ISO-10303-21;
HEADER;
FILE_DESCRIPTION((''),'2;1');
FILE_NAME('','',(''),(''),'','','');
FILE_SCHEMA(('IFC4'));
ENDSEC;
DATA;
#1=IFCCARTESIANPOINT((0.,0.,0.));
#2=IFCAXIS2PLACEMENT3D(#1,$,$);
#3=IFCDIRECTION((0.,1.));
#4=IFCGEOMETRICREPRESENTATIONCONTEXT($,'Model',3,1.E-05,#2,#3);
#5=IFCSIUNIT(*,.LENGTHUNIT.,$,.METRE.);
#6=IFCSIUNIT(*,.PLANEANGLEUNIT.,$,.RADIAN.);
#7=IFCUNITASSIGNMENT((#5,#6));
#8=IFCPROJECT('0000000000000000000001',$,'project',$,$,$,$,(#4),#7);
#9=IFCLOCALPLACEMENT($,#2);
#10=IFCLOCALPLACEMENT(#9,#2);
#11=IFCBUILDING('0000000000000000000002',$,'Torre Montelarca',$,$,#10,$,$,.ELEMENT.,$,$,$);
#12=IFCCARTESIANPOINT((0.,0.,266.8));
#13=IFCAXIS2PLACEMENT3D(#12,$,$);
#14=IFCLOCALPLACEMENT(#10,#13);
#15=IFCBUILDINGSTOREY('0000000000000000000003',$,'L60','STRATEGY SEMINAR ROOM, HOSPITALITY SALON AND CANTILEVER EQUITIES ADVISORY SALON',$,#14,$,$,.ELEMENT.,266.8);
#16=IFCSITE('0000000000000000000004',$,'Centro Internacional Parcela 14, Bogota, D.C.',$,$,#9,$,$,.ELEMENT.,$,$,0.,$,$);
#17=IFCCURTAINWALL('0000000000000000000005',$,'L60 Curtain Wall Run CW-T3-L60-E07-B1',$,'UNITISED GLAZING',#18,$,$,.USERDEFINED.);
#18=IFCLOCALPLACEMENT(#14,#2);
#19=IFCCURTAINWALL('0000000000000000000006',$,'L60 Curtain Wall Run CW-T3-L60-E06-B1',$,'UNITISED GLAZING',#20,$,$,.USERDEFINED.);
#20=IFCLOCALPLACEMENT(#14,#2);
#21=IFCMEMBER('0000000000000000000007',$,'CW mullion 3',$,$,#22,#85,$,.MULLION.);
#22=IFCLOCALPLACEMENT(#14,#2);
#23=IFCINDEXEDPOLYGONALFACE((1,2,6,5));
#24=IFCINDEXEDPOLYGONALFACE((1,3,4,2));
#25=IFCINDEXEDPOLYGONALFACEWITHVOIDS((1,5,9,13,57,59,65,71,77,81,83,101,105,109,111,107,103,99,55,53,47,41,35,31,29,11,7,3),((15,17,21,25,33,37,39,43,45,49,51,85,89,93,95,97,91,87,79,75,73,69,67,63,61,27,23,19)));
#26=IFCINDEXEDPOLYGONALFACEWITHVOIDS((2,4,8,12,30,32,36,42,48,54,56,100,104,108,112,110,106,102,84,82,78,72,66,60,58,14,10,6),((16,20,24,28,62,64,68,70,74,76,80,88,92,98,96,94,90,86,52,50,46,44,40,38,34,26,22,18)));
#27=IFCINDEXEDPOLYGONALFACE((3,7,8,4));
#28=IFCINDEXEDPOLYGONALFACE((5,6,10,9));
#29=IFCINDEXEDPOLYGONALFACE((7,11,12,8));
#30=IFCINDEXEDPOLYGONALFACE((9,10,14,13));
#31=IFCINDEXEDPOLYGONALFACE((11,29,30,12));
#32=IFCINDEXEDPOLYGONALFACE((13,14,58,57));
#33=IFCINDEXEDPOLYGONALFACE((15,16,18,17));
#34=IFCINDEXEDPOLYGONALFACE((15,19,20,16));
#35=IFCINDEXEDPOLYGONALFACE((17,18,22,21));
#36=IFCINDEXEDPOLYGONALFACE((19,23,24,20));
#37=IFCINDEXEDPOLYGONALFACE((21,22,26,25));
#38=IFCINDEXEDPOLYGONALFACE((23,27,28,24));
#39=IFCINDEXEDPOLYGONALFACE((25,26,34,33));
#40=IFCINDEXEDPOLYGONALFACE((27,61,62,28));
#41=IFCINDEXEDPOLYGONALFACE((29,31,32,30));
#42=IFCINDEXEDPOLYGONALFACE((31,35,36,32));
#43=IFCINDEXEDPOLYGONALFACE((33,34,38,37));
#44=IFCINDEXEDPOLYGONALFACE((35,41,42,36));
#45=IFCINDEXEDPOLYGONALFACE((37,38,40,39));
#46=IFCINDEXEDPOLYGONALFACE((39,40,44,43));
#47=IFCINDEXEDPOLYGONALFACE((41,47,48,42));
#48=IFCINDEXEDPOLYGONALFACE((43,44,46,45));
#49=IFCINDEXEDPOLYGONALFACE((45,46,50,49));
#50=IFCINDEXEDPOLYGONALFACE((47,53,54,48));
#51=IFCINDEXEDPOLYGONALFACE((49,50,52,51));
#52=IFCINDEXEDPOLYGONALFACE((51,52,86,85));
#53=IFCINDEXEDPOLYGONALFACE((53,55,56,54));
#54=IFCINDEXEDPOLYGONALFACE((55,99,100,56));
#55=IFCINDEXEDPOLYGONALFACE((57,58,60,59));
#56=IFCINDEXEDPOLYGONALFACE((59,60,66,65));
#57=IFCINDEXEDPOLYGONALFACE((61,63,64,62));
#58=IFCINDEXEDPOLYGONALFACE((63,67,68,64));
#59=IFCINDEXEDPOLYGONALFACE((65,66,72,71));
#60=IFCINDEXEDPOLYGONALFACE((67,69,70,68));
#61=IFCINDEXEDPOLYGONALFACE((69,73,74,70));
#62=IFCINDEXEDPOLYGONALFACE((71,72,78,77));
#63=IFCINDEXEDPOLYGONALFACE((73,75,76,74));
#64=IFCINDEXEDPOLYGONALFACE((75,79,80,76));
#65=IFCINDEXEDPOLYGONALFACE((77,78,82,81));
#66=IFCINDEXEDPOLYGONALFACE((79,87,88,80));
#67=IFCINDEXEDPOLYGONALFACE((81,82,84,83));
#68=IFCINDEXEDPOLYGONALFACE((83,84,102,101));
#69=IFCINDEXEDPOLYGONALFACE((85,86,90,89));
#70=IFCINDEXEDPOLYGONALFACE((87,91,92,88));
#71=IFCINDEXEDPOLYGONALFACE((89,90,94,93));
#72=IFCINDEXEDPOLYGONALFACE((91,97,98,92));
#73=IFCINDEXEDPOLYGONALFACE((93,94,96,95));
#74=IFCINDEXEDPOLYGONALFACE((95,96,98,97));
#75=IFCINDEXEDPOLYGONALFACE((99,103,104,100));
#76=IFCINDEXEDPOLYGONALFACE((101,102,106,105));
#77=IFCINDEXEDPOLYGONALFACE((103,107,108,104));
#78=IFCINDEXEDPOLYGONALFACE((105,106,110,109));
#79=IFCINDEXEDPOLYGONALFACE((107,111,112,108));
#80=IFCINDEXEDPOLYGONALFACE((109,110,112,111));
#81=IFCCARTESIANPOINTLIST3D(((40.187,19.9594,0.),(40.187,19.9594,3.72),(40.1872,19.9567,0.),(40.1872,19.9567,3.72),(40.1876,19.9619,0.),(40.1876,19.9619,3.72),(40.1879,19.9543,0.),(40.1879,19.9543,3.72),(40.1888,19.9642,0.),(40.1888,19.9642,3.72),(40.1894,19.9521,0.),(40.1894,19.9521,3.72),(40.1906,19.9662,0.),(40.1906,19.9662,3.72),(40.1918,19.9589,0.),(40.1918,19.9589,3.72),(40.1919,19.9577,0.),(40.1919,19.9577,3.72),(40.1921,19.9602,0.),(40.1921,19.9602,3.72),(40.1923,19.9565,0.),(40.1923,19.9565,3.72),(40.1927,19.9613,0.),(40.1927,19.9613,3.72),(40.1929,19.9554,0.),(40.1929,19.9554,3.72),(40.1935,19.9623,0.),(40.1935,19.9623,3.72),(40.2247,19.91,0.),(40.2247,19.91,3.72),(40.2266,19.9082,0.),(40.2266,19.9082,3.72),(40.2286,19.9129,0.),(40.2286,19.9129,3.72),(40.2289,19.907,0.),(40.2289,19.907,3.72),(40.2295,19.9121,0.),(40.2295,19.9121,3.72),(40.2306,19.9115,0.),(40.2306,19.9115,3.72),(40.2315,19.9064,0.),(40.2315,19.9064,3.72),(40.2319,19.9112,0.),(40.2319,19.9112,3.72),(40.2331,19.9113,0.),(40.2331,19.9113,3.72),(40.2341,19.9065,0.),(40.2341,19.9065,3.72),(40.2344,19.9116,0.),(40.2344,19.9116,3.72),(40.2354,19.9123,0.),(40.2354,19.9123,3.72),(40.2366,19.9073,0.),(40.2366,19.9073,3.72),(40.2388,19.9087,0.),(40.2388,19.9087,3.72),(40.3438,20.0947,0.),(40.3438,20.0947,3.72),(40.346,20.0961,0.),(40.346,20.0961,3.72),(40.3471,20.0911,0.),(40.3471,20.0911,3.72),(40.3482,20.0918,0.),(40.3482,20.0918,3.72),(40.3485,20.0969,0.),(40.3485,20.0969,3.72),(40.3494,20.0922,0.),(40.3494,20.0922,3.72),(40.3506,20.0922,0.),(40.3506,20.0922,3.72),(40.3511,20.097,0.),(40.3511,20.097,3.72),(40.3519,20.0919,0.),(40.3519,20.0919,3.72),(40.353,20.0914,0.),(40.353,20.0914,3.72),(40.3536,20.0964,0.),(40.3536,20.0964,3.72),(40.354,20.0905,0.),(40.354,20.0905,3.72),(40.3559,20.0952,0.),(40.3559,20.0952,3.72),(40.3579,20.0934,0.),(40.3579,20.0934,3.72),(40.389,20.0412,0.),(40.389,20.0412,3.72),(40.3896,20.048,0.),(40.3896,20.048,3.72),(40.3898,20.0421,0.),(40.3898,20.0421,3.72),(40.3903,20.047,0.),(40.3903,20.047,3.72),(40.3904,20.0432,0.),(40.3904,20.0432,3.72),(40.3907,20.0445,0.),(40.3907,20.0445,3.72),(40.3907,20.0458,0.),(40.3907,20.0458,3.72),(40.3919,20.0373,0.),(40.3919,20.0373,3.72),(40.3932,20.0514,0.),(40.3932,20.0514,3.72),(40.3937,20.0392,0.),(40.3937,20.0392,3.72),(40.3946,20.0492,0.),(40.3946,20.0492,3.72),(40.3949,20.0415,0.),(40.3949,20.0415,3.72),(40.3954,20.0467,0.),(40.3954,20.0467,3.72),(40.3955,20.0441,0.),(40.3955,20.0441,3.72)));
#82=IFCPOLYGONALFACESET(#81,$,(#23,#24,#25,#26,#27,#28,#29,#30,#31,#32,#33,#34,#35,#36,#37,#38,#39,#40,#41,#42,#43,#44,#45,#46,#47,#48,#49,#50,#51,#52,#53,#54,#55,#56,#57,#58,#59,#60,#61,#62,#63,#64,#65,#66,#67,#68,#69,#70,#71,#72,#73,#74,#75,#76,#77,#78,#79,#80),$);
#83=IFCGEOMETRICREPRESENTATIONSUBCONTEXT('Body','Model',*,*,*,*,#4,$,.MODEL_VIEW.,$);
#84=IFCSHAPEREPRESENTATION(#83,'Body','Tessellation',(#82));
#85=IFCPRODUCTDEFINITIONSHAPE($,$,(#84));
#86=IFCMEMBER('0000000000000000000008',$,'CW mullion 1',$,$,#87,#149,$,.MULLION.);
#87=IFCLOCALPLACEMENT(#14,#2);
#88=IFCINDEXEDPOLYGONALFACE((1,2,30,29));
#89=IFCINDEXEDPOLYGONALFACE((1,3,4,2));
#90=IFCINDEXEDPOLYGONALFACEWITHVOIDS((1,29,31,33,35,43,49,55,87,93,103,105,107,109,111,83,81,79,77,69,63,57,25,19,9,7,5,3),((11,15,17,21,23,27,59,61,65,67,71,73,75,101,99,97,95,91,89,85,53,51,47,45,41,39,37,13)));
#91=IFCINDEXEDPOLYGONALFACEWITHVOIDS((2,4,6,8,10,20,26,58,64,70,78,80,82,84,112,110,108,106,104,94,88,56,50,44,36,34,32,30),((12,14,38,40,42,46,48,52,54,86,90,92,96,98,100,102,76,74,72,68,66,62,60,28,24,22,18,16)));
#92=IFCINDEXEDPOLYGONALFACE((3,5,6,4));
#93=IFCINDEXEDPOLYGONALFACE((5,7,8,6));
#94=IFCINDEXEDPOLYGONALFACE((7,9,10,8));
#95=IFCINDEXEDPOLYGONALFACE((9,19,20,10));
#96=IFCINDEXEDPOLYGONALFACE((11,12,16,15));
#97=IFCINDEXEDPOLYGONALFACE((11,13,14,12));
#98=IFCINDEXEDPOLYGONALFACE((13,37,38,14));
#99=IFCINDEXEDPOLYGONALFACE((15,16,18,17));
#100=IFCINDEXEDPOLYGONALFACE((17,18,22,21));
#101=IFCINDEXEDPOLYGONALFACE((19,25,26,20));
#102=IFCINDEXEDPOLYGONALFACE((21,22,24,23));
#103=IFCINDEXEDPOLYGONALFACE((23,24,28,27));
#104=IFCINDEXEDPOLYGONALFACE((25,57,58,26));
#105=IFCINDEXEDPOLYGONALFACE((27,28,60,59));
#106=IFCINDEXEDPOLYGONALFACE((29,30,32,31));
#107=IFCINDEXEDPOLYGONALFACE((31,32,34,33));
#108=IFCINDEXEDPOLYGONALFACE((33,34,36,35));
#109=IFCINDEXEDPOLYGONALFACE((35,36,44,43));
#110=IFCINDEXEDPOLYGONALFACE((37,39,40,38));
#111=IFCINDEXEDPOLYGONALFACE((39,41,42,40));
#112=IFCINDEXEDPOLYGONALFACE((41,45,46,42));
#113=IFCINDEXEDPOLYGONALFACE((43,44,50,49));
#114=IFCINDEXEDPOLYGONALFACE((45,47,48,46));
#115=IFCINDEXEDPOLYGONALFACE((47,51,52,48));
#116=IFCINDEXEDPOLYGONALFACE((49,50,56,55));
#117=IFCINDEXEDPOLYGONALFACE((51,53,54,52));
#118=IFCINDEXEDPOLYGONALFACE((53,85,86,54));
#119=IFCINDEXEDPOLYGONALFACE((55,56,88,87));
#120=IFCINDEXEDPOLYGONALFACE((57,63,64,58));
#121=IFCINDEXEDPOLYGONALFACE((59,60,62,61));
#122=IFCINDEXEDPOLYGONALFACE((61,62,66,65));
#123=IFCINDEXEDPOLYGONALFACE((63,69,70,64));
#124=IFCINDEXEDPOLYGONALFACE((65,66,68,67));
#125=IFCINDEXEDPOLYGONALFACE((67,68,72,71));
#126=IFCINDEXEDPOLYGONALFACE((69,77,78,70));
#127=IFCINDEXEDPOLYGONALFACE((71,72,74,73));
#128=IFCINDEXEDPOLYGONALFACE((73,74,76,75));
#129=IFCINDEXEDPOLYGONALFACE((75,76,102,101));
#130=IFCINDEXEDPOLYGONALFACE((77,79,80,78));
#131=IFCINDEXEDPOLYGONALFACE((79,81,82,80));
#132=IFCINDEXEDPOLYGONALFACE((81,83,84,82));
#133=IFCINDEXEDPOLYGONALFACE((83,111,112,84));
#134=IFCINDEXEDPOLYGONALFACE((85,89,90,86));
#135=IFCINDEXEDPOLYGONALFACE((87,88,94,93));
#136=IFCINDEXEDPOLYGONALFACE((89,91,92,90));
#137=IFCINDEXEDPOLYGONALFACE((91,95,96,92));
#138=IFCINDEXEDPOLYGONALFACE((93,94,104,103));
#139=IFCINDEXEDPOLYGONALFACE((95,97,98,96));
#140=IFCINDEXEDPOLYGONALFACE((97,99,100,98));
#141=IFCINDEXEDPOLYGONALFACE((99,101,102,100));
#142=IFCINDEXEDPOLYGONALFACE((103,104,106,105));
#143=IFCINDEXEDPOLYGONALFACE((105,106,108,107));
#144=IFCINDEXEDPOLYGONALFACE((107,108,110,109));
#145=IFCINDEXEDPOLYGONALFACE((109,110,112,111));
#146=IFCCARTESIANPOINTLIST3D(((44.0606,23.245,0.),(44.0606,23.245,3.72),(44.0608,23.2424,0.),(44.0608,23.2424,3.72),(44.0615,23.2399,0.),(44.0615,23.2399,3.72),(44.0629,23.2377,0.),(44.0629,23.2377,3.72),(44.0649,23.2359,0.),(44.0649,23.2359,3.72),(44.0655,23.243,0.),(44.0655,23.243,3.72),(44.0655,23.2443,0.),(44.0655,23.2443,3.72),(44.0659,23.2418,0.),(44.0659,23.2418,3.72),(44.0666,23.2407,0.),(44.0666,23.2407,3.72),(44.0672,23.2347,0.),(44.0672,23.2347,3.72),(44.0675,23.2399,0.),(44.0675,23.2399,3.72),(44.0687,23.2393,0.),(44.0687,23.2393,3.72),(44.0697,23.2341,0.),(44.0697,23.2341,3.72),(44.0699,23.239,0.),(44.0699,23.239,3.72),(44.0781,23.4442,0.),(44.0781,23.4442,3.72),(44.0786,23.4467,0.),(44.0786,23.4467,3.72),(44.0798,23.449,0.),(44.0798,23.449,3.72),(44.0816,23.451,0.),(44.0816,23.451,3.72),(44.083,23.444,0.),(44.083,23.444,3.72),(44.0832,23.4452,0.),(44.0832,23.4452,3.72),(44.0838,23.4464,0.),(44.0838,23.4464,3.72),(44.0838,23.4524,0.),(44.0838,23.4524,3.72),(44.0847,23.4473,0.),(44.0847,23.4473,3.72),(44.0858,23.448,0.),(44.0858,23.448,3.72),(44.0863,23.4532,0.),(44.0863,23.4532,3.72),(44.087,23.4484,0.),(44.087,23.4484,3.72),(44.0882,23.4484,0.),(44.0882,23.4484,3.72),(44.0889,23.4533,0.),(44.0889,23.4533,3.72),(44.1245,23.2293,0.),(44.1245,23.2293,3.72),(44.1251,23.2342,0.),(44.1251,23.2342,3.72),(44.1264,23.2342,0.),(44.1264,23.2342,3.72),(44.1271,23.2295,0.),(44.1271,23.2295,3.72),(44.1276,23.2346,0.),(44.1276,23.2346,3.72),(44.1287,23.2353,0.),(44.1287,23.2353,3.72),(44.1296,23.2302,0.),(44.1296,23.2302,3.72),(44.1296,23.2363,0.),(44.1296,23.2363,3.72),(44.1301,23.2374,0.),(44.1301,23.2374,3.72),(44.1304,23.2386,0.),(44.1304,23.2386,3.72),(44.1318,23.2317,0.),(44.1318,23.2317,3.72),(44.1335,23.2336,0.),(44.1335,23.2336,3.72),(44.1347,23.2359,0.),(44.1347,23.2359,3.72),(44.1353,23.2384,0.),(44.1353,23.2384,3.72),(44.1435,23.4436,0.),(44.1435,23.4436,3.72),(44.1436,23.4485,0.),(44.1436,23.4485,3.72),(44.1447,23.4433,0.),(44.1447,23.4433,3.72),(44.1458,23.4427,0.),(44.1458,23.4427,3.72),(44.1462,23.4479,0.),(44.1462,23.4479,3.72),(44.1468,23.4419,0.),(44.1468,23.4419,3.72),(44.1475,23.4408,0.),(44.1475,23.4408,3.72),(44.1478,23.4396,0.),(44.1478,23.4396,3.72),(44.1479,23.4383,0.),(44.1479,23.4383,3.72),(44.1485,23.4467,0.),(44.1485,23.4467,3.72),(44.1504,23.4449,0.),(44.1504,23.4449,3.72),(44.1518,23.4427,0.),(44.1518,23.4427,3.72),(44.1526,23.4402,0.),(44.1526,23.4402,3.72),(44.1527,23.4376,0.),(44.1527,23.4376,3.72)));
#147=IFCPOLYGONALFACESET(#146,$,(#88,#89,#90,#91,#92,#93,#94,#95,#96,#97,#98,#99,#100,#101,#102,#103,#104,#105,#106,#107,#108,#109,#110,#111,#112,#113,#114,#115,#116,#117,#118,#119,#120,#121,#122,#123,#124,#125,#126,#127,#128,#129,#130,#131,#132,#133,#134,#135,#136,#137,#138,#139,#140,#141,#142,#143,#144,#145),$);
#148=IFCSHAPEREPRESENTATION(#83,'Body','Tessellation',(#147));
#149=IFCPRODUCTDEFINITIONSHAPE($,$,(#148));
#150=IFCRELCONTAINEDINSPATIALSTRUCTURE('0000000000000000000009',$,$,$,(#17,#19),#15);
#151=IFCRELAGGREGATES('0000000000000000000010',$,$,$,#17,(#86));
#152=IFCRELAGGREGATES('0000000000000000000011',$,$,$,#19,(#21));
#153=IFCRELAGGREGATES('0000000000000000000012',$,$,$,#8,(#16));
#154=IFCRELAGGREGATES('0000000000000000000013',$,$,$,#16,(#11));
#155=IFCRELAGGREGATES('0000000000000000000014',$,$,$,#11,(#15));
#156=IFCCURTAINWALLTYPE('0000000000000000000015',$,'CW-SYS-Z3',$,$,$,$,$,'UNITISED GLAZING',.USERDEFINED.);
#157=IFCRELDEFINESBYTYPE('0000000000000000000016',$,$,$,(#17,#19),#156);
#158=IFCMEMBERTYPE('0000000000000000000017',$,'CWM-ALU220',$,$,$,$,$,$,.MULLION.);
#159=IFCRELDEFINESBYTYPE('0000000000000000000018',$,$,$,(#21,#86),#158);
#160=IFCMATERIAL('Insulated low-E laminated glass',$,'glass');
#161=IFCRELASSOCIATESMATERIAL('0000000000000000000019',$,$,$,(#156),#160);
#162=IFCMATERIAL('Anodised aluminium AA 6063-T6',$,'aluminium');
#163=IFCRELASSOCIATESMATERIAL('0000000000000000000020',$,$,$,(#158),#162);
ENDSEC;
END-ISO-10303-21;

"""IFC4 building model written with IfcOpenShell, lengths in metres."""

from ifc_helpers import new_model, si_unit, direction, frame, origin, origin_2d, place, context, subcontext, project, spatial, hollow_rectangle, extrude, source, transform, mapped, material, material_profile, profile_set, type_object, element, aggregate, save


model = new_model("IFC4")

# Units and contexts
model_context = context("Model", 3, precision=1e-05, world=origin(), true_north=direction((0.0, 1.0)))
body_context = subcontext(model_context, "Body", "Model", "MODEL_VIEW")
ifc_project = project(units=[si_unit("LENGTHUNIT", "METRE"), si_unit("PLANEANGLEUNIT", "RADIAN")], contexts=[model_context])

# Site, building, storey
site_placement = place(None, origin())
site = spatial("IfcSite", under=ifc_project, at=site_placement, Name="Centro Internacional Parcela 14, Bogota, D.C.", CompositionType="ELEMENT", RefElevation=0.0)
building_placement = place(site_placement, origin())
building = spatial("IfcBuilding", under=site, at=building_placement, Name="Torre Montelarca", CompositionType="ELEMENT")
storey_placement = place(building_placement, frame((0.0, 0.0, 266.8)))
storey = spatial("IfcBuildingStorey", under=building, at=storey_placement, Name="L60", Description="STRATEGY SEMINAR ROOM, HOSPITALITY SALON AND CANTILEVER EQUITIES ADVISORY SALON", CompositionType="ELEMENT", Elevation=266.8)

# Curtain walls, member
ifc_material_1 = material(Name="Insulated low-E laminated glass", Category="glass")
curtain_wall_type = type_object("IfcCurtainWallType", Name="CW-SYS-Z3", ElementType="UNITISED GLAZING", PredefinedType="USERDEFINED", material=ifc_material_1)
curtain_wall_1_placement = place(storey_placement, origin())
curtain_wall_1 = element("IfcCurtainWall", 1, at=curtain_wall_1_placement, inside=storey, type_object=curtain_wall_type, Name="L60 Curtain Wall Run CW-T3-L60-E07-B1", ObjectType="UNITISED GLAZING", PredefinedType="USERDEFINED")
ifc_material_2 = material(Name="Anodised aluminium AA 6063-T6", Category="aluminium")
curtain_wall_2_placement = place(storey_placement, origin())
curtain_wall_2 = element("IfcCurtainWall", 2, at=curtain_wall_2_placement, inside=storey, type_object=curtain_wall_type, Name="L60 Curtain Wall Run CW-T3-L60-E06-B1", ObjectType="UNITISED GLAZING", PredefinedType="USERDEFINED")
ifc_material_profile_1 = material_profile(ifc_material_2, hollow_rectangle(XDim=0.075, YDim=0.22, WallThickness=0.0049, InnerFilletRadius=0.0049, OuterFilletRadius=0.01, at=origin_2d()), Name="ALU75X220X5", Category="aluminium")
ifc_profile_set_1 = profile_set([ifc_material_profile_1], Name="Anodised aluminium AA 6063-T6")
member_type_1 = type_object("IfcMemberType", Name="CWM-ALU220", PredefinedType="MULLION", material=ifc_profile_set_1)
shared_shape_1 = source(origin(), body_context, "Body", "SweptSolid", [
    extrude(hollow_rectangle(XDim=0.075, YDim=0.22, WallThickness=0.0049, InnerFilletRadius=0.0049, OuterFilletRadius=0.01, at=origin_2d()), origin(), (0.0, 0.0, 1.0), 3.72),
])
member_1_placement = place(storey_placement, frame((40.2913, 20.0017, 0.0), z_axis=(0.0, 0.0, 1.0), x_axis=(-0.64279, 0.766042, 0.0)))
member_1 = element("IfcMember", 3, at=member_1_placement, type_object=member_type_1, Name="CW mullion 3", PredefinedType="MULLION", context=body_context, shape_type="MappedRepresentation", body=[
    mapped(shared_shape_1, transform((0.0, 0.0, 0.0), scale=1.0)),
])

# Member
member_2_placement = place(storey_placement, frame((44.1067, 23.3413, 0.0), z_axis=(0.0, 0.0, 1.0), x_axis=(-0.996194, 0.087166, 0.0)))
member_2 = element("IfcMember", 4, at=member_2_placement, type_object=member_type_1, Name="CW mullion 1", PredefinedType="MULLION", context=body_context, shape_type="MappedRepresentation", body=[
    mapped(shared_shape_1, transform((0.0, 0.0, 0.0), scale=1.0)),
])

aggregate(curtain_wall_1, [member_2])
aggregate(curtain_wall_2, [member_1])

save(model, "model.ifc")
